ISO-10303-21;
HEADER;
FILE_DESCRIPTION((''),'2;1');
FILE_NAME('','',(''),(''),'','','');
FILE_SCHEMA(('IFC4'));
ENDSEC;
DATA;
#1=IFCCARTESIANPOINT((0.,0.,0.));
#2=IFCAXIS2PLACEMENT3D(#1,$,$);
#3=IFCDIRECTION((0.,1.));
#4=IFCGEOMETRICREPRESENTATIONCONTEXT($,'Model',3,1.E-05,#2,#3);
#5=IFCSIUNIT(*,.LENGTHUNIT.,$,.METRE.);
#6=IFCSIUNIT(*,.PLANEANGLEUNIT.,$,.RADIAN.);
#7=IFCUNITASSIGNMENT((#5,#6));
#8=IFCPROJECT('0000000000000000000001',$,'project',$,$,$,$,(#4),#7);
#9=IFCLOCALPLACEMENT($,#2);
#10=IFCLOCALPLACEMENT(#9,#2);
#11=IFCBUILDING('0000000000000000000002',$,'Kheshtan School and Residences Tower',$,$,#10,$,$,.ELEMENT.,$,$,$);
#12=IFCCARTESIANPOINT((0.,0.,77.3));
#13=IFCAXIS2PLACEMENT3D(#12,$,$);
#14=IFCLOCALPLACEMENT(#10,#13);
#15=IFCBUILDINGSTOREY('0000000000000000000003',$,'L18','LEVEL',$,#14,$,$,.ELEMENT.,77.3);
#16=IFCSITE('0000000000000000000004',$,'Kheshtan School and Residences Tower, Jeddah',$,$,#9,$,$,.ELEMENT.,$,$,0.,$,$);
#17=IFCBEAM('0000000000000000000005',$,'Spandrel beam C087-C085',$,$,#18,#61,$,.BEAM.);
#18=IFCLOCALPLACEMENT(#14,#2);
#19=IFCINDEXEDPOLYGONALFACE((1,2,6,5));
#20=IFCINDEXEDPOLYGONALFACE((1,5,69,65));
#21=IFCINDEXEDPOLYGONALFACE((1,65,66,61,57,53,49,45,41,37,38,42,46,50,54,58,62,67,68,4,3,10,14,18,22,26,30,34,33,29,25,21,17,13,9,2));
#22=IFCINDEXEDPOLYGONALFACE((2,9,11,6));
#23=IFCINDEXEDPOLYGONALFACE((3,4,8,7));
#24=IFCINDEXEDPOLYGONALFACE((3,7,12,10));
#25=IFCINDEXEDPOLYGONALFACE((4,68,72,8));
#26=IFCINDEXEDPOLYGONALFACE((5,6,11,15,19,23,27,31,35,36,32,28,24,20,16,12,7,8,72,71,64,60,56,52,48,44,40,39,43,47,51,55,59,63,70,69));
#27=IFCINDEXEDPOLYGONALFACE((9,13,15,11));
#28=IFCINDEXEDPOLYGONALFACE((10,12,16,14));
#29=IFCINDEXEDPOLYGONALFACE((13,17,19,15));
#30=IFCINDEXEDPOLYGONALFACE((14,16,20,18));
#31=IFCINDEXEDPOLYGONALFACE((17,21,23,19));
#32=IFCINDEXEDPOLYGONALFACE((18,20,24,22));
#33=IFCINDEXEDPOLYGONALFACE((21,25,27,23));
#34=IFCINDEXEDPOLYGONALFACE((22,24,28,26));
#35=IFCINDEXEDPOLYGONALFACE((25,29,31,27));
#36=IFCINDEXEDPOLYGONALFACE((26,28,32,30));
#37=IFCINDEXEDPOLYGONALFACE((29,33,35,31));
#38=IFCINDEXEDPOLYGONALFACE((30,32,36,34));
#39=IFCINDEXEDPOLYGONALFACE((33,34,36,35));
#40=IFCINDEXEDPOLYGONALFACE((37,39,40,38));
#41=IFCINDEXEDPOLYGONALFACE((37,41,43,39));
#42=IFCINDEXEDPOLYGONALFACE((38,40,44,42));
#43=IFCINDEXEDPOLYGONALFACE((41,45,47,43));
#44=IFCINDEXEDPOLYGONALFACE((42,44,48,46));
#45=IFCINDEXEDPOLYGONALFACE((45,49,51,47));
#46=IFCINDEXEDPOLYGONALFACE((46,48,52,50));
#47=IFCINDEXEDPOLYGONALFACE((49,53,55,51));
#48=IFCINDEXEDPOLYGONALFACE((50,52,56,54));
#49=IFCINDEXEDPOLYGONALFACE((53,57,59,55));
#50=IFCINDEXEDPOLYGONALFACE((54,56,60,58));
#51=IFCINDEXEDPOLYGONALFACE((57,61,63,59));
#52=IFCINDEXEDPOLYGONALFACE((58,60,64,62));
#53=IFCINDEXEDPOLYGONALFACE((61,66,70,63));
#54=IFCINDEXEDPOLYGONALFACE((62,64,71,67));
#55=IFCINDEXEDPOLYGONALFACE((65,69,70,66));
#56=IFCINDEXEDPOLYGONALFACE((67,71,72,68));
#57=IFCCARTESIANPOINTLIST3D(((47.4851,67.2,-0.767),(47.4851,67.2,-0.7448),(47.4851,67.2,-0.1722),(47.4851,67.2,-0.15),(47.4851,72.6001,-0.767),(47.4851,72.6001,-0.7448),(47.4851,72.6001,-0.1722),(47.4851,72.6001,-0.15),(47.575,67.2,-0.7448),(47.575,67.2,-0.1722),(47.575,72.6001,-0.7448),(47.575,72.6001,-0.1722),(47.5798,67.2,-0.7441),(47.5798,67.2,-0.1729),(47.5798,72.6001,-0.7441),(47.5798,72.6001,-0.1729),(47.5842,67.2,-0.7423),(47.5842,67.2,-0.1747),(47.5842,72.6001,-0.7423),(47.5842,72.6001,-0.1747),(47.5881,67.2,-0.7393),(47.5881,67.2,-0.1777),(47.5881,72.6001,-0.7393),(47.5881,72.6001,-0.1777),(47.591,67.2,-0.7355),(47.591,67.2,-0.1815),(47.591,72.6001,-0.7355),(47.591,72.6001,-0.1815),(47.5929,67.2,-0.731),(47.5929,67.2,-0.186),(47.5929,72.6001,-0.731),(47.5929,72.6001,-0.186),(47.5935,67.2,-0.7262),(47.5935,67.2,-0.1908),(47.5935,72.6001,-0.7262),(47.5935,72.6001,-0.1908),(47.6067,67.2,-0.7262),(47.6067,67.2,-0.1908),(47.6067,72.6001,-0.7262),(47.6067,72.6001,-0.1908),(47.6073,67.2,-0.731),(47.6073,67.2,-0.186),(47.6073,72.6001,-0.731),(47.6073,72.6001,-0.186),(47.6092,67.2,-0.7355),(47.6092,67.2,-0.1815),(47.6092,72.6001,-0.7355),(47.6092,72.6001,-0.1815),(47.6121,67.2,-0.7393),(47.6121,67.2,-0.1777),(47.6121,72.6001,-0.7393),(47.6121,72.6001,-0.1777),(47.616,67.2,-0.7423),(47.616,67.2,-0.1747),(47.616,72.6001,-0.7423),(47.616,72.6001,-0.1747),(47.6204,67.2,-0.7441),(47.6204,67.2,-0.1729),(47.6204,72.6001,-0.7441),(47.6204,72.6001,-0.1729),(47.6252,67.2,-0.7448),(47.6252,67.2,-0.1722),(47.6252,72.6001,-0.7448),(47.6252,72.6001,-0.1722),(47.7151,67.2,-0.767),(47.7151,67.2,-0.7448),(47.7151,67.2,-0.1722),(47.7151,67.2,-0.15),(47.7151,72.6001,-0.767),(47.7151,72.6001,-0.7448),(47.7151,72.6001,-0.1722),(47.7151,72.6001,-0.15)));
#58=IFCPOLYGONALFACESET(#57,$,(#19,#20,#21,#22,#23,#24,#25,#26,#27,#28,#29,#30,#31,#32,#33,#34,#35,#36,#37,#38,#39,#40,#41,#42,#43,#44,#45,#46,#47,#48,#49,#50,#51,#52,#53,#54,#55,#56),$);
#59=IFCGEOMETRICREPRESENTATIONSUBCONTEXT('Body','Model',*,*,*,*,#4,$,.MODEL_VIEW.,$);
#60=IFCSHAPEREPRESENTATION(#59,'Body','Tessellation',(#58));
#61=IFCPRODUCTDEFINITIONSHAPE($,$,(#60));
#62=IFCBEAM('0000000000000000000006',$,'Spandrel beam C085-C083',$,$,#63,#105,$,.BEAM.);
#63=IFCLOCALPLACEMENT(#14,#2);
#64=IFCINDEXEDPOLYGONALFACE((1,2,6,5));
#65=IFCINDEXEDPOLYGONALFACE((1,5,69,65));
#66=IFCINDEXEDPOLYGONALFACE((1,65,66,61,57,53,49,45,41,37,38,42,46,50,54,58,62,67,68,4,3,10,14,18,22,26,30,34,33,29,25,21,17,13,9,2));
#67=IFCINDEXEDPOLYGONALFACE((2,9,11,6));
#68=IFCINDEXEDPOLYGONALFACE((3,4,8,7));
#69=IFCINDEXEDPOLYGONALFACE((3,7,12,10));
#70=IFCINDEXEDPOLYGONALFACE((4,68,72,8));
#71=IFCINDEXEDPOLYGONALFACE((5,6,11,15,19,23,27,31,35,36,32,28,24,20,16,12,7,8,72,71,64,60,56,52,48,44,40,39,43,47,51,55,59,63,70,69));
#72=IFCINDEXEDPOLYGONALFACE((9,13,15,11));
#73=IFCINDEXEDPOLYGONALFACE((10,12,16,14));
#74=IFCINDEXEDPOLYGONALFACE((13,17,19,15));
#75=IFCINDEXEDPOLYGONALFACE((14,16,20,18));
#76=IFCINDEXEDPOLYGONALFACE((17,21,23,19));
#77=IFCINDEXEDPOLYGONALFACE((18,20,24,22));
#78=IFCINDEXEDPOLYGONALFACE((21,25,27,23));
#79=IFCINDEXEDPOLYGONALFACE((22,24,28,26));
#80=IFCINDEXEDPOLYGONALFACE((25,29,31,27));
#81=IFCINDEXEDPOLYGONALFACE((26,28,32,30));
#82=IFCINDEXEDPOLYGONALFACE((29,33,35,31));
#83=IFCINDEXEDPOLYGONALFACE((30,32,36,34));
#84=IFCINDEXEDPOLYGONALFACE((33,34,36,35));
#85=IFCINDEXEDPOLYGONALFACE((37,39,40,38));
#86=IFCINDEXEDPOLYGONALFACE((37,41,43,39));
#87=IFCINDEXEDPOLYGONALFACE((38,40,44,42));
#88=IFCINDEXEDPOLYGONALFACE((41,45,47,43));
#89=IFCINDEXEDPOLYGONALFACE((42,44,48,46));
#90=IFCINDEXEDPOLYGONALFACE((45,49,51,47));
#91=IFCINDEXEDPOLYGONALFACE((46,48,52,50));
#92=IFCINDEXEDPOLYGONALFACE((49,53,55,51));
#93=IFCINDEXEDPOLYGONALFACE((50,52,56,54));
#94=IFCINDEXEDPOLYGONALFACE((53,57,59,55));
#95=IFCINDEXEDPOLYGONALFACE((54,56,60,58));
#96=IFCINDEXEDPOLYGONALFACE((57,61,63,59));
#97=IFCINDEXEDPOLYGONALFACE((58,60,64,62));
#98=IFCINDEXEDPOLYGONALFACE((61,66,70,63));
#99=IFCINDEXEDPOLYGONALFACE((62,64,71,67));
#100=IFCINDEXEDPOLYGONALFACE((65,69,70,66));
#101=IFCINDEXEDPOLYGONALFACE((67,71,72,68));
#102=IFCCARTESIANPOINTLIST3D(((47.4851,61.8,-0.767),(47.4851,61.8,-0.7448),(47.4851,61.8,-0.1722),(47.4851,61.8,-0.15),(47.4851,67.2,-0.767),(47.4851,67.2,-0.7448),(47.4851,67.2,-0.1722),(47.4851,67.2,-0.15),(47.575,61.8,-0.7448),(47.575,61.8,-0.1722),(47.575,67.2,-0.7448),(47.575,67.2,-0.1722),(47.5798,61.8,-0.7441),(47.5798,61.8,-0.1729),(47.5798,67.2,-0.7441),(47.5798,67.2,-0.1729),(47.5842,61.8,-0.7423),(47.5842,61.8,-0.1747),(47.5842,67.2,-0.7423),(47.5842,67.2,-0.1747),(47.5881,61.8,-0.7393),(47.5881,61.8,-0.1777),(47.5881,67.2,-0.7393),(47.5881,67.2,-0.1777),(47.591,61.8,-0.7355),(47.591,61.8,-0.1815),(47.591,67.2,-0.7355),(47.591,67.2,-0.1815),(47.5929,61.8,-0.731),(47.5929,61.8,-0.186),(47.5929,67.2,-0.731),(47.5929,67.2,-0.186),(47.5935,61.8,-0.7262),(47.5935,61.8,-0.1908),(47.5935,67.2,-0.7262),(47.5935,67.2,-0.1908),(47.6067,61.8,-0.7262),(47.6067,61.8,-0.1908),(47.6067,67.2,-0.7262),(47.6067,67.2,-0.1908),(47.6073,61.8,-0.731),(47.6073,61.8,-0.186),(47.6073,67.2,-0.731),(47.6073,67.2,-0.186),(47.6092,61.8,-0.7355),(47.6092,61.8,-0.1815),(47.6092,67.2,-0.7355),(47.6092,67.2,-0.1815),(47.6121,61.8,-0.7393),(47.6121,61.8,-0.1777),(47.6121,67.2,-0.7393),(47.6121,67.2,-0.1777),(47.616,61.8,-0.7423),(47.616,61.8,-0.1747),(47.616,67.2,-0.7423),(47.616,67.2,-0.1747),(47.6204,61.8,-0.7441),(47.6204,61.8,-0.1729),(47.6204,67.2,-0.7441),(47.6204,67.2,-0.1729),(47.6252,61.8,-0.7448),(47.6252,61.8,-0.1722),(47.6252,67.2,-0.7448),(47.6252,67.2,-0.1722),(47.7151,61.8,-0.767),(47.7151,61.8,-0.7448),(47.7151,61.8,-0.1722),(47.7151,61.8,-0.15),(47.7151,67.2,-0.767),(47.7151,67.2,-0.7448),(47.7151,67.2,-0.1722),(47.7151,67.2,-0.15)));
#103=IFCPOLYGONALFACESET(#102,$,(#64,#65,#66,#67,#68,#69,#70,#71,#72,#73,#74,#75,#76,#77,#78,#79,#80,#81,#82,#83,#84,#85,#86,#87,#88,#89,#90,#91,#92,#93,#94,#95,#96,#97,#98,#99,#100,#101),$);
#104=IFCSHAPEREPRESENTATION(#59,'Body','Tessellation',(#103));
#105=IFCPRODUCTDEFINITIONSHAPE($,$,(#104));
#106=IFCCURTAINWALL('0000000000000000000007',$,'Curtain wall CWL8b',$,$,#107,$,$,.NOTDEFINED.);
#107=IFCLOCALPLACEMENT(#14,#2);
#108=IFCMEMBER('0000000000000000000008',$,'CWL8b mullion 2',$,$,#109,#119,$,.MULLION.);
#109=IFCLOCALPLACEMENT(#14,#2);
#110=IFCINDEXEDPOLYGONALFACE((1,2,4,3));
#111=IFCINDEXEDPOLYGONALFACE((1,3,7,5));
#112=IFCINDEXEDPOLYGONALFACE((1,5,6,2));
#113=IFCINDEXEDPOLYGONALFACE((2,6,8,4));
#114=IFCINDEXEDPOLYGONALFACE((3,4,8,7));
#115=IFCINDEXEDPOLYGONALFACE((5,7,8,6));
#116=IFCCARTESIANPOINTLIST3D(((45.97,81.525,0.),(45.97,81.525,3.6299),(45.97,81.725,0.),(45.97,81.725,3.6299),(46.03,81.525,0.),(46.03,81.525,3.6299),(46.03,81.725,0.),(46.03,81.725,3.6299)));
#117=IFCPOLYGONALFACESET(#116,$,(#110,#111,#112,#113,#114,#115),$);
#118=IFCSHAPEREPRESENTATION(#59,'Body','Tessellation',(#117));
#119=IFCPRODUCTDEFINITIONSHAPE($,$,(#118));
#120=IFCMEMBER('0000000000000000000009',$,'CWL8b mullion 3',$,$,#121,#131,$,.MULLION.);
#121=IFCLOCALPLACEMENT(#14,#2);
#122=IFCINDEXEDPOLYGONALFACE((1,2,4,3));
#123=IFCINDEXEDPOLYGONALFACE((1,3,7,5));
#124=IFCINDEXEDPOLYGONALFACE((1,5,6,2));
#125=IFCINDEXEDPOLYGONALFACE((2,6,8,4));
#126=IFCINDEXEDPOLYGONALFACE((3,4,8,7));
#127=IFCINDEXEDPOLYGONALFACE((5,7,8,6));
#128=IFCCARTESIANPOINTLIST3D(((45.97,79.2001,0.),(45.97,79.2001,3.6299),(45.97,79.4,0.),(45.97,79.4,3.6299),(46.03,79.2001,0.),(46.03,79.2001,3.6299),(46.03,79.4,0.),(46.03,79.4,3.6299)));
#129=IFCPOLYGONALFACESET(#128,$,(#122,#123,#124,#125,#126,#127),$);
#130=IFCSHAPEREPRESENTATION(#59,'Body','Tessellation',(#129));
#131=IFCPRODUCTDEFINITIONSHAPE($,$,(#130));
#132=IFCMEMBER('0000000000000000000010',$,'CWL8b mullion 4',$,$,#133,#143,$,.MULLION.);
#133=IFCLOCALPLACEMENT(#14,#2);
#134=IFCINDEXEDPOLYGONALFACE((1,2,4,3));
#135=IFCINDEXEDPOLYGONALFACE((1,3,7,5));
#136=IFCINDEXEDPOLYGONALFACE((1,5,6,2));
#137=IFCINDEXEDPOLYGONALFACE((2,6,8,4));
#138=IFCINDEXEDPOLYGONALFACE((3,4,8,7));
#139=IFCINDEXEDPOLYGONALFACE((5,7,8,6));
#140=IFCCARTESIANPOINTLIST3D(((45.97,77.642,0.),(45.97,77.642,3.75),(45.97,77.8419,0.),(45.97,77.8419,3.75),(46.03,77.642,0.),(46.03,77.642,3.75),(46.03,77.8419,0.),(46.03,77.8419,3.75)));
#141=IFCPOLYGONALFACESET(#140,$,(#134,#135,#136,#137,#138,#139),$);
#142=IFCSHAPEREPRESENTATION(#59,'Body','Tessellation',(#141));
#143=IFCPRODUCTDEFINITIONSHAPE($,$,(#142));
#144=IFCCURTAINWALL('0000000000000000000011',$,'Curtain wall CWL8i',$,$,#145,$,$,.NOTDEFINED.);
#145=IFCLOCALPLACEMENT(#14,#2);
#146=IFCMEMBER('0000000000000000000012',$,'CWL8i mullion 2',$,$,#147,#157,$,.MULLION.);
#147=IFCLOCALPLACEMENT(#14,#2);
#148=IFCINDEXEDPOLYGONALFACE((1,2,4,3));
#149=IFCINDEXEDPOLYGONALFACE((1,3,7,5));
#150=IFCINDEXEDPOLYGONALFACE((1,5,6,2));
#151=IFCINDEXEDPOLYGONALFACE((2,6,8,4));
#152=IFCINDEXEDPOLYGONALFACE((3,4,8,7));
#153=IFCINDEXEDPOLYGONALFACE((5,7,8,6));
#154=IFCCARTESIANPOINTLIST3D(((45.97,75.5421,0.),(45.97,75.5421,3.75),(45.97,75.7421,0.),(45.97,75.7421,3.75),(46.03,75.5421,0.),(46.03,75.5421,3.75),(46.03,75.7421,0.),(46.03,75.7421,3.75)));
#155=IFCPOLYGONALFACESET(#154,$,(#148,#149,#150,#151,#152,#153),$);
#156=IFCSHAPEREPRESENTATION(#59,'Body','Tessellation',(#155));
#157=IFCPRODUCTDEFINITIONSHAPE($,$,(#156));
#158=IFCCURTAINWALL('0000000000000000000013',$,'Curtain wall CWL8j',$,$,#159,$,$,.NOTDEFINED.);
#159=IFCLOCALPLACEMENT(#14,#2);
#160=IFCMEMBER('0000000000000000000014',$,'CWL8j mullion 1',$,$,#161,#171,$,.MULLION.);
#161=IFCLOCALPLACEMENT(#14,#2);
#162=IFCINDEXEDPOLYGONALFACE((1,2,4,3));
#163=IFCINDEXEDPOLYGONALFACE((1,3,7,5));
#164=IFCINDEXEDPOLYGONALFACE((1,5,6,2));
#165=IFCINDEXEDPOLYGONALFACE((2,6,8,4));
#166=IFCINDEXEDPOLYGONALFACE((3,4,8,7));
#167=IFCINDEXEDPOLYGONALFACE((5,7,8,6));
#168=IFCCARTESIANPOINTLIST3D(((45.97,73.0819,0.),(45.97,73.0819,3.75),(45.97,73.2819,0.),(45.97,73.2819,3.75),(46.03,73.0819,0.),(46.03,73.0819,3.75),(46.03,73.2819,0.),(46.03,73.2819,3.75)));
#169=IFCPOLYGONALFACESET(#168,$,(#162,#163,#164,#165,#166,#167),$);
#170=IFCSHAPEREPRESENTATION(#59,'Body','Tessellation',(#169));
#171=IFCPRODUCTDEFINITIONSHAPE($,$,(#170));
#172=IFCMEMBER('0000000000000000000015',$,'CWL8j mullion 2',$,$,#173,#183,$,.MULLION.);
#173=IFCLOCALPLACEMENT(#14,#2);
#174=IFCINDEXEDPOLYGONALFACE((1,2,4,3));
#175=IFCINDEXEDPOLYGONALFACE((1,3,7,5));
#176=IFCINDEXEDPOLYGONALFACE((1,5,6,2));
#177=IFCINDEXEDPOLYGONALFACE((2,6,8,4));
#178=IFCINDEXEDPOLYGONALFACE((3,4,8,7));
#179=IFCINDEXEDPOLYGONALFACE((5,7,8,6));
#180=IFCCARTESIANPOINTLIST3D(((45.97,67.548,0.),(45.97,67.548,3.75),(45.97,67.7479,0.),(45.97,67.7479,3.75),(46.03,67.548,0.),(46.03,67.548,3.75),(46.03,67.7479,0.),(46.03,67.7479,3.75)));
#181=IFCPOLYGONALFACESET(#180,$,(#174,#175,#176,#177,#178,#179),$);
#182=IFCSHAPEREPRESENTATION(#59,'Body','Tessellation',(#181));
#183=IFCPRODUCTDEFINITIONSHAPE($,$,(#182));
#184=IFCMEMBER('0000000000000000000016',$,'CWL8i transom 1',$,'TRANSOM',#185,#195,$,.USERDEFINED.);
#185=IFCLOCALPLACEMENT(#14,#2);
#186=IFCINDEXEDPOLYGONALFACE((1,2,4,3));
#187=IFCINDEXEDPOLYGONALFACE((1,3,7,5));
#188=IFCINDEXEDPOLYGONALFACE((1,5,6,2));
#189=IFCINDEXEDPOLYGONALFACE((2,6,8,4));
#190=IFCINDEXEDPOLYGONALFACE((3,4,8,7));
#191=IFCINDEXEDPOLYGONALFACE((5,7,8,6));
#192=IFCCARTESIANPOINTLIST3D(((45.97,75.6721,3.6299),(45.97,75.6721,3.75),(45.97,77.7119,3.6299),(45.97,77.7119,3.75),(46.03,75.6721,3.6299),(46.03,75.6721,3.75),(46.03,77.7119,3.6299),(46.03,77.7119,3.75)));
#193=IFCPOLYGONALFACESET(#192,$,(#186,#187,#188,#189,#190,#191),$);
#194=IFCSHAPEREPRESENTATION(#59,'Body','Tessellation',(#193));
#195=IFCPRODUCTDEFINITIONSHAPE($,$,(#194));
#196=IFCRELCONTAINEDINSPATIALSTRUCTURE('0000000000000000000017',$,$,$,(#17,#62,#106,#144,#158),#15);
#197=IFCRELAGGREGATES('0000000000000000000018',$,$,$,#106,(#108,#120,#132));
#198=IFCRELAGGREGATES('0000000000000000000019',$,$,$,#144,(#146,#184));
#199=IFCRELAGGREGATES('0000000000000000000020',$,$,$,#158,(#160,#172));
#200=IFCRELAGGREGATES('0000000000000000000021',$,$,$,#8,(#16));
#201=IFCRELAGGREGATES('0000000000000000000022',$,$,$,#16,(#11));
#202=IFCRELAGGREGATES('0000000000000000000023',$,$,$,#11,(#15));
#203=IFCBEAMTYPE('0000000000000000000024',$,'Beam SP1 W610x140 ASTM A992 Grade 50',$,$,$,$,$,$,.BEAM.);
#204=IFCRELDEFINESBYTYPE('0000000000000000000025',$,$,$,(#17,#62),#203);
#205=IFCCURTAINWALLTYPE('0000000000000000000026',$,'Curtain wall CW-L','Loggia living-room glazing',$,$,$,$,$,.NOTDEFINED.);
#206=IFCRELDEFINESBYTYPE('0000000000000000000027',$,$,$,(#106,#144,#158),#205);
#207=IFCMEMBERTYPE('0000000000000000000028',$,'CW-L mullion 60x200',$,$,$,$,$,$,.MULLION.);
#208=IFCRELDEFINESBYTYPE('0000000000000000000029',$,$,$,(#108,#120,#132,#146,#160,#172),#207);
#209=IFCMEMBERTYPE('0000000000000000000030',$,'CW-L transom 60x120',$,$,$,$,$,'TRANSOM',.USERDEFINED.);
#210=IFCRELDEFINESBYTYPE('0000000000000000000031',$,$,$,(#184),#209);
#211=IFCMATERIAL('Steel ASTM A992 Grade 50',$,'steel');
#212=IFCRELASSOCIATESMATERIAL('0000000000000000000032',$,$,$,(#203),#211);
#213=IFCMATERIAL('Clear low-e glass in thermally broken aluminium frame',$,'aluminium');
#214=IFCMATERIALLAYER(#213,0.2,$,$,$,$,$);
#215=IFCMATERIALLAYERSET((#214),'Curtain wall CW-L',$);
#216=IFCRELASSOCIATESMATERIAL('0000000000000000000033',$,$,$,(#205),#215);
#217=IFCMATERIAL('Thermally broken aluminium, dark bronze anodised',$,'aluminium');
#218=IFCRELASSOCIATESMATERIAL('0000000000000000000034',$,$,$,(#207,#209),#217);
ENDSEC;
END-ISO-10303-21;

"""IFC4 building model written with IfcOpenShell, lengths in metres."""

from ifc_helpers import new_model, si_unit, direction, frame, origin, origin_2d, place, context, subcontext, project, spatial, rectangle, i_section, extrude, material, layer, layer_set, material_profile, profile_set, type_object, element, aggregate, save


model = new_model("IFC4")

# Units and contexts
model_context = context("Model", 3, precision=1e-05, world=origin(), true_north=direction((0.0, 1.0)))
body_context = subcontext(model_context, "Body", "Model", "MODEL_VIEW")
ifc_project = project(units=[si_unit("LENGTHUNIT", "METRE"), si_unit("PLANEANGLEUNIT", "RADIAN")], contexts=[model_context])

# Site, building, storey
site_placement = place(None, origin())
site = spatial("IfcSite", under=ifc_project, at=site_placement, Name="Kheshtan School and Residences Tower, Jeddah", CompositionType="ELEMENT", RefElevation=0.0)
building_placement = place(site_placement, origin())
building = spatial("IfcBuilding", under=site, at=building_placement, Name="Kheshtan School and Residences Tower", CompositionType="ELEMENT")
storey_placement = place(building_placement, frame((0.0, 0.0, 77.3)))
storey = spatial("IfcBuildingStorey", under=building, at=storey_placement, Name="L18", Description="LEVEL", CompositionType="ELEMENT", Elevation=77.3)

# Shared definitions
ifc_material_1 = material(Name="Steel ASTM A992 Grade 50", Category="steel")

# Beams
ifc_material_profile_1 = material_profile(ifc_material_1, i_section(OverallWidth=0.23, OverallDepth=0.6169, WebThickness=0.0132, FlangeThickness=0.0222, FilletRadius=0.0186, at=origin_2d()), Name="W610x140")
ifc_profile_set_1 = profile_set([ifc_material_profile_1], Name="Steel ASTM A992 Grade 50")
beam_type = type_object("IfcBeamType", Name="Beam SP1 W610x140 ASTM A992 Grade 50", PredefinedType="BEAM", material=ifc_profile_set_1)
beam_1_placement = place(storey_placement, frame((47.6001, 72.6001, -0.4585), z_axis=(0.0, -1.0, 0.0), x_axis=(1.0, 0.0, 0.0)))
element("IfcBeam", 1, at=beam_1_placement, inside=storey, type_object=beam_type, Name="Spandrel beam C087-C085", PredefinedType="BEAM", context=body_context, shape_type="SweptSolid", body=[
    extrude(i_section(OverallWidth=0.23, OverallDepth=0.6169, WebThickness=0.0132, FlangeThickness=0.0222, FilletRadius=0.0186, at=origin_2d()), origin(), (0.0, 0.0, 1.0), 5.4001),
])
beam_2_placement = place(storey_placement, frame((47.6001, 67.2, -0.4585), z_axis=(0.0, -1.0, 0.0), x_axis=(1.0, 0.0, 0.0)))
element("IfcBeam", 2, at=beam_2_placement, inside=storey, type_object=beam_type, Name="Spandrel beam C085-C083", PredefinedType="BEAM", context=body_context, shape_type="SweptSolid", body=[
    extrude(i_section(OverallWidth=0.23, OverallDepth=0.6169, WebThickness=0.0132, FlangeThickness=0.0222, FilletRadius=0.0186, at=origin_2d()), origin(), (0.0, 0.0, 1.0), 5.3999),
])

# Curtain wall, members
ifc_material_2 = material(Name="Clear low-e glass in thermally broken aluminium frame", Category="aluminium")
ifc_layer_1 = layer(ifc_material_2, 0.2)
ifc_layer_set_1 = layer_set([ifc_layer_1], Name="Curtain wall CW-L")
curtain_wall_type = type_object("IfcCurtainWallType", Name="Curtain wall CW-L", Description="Loggia living-room glazing", PredefinedType="NOTDEFINED", material=ifc_layer_set_1)
curtain_wall_1_placement = place(storey_placement, origin())
curtain_wall_1 = element("IfcCurtainWall", 3, at=curtain_wall_1_placement, inside=storey, type_object=curtain_wall_type, Name="Curtain wall CWL8b", PredefinedType="NOTDEFINED")
ifc_material_3 = material(Name="Thermally broken aluminium, dark bronze anodised", Category="aluminium")
ifc_material_profile_2 = material_profile(ifc_material_3, rectangle(XDim=0.0601, YDim=0.2, at=origin_2d()), Name="CW-L mullion 60x200")
ifc_profile_set_2 = profile_set([ifc_material_profile_2], Name="Thermally broken aluminium, dark bronze anodised")
member_type_1 = type_object("IfcMemberType", Name="CW-L mullion 60x200", PredefinedType="MULLION", material=ifc_profile_set_2)
member_1_placement = place(storey_placement, frame((46.0, 81.625, 0.0), z_axis=(0.0, 0.0, 1.0), x_axis=(1.0, 0.0, 0.0)))
member_1 = element("IfcMember", 4, at=member_1_placement, type_object=member_type_1, Name="CWL8b mullion 2", PredefinedType="MULLION", context=body_context, shape_type="SweptSolid", body=[
    extrude(rectangle(XDim=0.0601, YDim=0.2, at=origin_2d()), origin(), (0.0, 0.0, 1.0), 3.6299),
])
member_2_placement = place(storey_placement, frame((46.0, 79.3, 0.0), z_axis=(0.0, 0.0, 1.0), x_axis=(1.0, 0.0, 0.0)))
member_2 = element("IfcMember", 5, at=member_2_placement, type_object=member_type_1, Name="CWL8b mullion 3", PredefinedType="MULLION", context=body_context, shape_type="SweptSolid", body=[
    extrude(rectangle(XDim=0.0601, YDim=0.2, at=origin_2d()), origin(), (0.0, 0.0, 1.0), 3.6299),
])
member_3_placement = place(storey_placement, frame((46.0, 77.7419, 0.0), z_axis=(0.0, 0.0, 1.0), x_axis=(1.0, 0.0, 0.0)))
member_3 = element("IfcMember", 6, at=member_3_placement, type_object=member_type_1, Name="CWL8b mullion 4", PredefinedType="MULLION", context=body_context, shape_type="SweptSolid", body=[
    extrude(rectangle(XDim=0.0601, YDim=0.2, at=origin_2d()), origin(), (0.0, 0.0, 1.0), 3.75),
])

# Curtain wall, member
curtain_wall_2_placement = place(storey_placement, origin())
curtain_wall_2 = element("IfcCurtainWall", 7, at=curtain_wall_2_placement, inside=storey, type_object=curtain_wall_type, Name="Curtain wall CWL8i", PredefinedType="NOTDEFINED")
member_4_placement = place(storey_placement, frame((46.0, 75.6421, 0.0), z_axis=(0.0, 0.0, 1.0), x_axis=(1.0, 0.0, 0.0)))
member_4 = element("IfcMember", 8, at=member_4_placement, type_object=member_type_1, Name="CWL8i mullion 2", PredefinedType="MULLION", context=body_context, shape_type="SweptSolid", body=[
    extrude(rectangle(XDim=0.0601, YDim=0.2, at=origin_2d()), origin(), (0.0, 0.0, 1.0), 3.75),
])

# Curtain wall, members
curtain_wall_3_placement = place(storey_placement, origin())
curtain_wall_3 = element("IfcCurtainWall", 9, at=curtain_wall_3_placement, inside=storey, type_object=curtain_wall_type, Name="Curtain wall CWL8j", PredefinedType="NOTDEFINED")
member_5_placement = place(storey_placement, frame((46.0, 73.1819, 0.0), z_axis=(0.0, 0.0, 1.0), x_axis=(1.0, 0.0, 0.0)))
member_5 = element("IfcMember", 10, at=member_5_placement, type_object=member_type_1, Name="CWL8j mullion 1", PredefinedType="MULLION", context=body_context, shape_type="SweptSolid", body=[
    extrude(rectangle(XDim=0.0601, YDim=0.2, at=origin_2d()), origin(), (0.0, 0.0, 1.0), 3.75),
])
member_6_placement = place(storey_placement, frame((46.0, 67.6479, 0.0), z_axis=(0.0, 0.0, 1.0), x_axis=(1.0, 0.0, 0.0)))
member_6 = element("IfcMember", 11, at=member_6_placement, type_object=member_type_1, Name="CWL8j mullion 2", PredefinedType="MULLION", context=body_context, shape_type="SweptSolid", body=[
    extrude(rectangle(XDim=0.0601, YDim=0.2, at=origin_2d()), origin(), (0.0, 0.0, 1.0), 3.75),
])

# Member
ifc_material_profile_3 = material_profile(ifc_material_3, rectangle(XDim=0.0601, YDim=0.1201, at=origin_2d()), Name="CW-L transom 60x120")
ifc_profile_set_3 = profile_set([ifc_material_profile_3], Name="Thermally broken aluminium, dark bronze anodised")
member_type_2 = type_object("IfcMemberType", Name="CW-L transom 60x120", ElementType="TRANSOM", PredefinedType="USERDEFINED", material=ifc_profile_set_3)
member_7_placement = place(storey_placement, frame((46.0, 77.7119, 3.6899), z_axis=(0.0, -1.0, 0.0), x_axis=(1.0, 0.0, 0.0)))
member_7 = element("IfcMember", 12, at=member_7_placement, type_object=member_type_2, Name="CWL8i transom 1", ObjectType="TRANSOM", PredefinedType="USERDEFINED", context=body_context, shape_type="SweptSolid", body=[
    extrude(rectangle(XDim=0.0601, YDim=0.1201, at=origin_2d()), origin(), (0.0, 0.0, 1.0), 2.0398),
])

aggregate(curtain_wall_1, [member_1, member_2, member_3])
aggregate(curtain_wall_2, [member_4, member_7])
aggregate(curtain_wall_3, [member_5, member_6])

save(model, "model.ifc")
